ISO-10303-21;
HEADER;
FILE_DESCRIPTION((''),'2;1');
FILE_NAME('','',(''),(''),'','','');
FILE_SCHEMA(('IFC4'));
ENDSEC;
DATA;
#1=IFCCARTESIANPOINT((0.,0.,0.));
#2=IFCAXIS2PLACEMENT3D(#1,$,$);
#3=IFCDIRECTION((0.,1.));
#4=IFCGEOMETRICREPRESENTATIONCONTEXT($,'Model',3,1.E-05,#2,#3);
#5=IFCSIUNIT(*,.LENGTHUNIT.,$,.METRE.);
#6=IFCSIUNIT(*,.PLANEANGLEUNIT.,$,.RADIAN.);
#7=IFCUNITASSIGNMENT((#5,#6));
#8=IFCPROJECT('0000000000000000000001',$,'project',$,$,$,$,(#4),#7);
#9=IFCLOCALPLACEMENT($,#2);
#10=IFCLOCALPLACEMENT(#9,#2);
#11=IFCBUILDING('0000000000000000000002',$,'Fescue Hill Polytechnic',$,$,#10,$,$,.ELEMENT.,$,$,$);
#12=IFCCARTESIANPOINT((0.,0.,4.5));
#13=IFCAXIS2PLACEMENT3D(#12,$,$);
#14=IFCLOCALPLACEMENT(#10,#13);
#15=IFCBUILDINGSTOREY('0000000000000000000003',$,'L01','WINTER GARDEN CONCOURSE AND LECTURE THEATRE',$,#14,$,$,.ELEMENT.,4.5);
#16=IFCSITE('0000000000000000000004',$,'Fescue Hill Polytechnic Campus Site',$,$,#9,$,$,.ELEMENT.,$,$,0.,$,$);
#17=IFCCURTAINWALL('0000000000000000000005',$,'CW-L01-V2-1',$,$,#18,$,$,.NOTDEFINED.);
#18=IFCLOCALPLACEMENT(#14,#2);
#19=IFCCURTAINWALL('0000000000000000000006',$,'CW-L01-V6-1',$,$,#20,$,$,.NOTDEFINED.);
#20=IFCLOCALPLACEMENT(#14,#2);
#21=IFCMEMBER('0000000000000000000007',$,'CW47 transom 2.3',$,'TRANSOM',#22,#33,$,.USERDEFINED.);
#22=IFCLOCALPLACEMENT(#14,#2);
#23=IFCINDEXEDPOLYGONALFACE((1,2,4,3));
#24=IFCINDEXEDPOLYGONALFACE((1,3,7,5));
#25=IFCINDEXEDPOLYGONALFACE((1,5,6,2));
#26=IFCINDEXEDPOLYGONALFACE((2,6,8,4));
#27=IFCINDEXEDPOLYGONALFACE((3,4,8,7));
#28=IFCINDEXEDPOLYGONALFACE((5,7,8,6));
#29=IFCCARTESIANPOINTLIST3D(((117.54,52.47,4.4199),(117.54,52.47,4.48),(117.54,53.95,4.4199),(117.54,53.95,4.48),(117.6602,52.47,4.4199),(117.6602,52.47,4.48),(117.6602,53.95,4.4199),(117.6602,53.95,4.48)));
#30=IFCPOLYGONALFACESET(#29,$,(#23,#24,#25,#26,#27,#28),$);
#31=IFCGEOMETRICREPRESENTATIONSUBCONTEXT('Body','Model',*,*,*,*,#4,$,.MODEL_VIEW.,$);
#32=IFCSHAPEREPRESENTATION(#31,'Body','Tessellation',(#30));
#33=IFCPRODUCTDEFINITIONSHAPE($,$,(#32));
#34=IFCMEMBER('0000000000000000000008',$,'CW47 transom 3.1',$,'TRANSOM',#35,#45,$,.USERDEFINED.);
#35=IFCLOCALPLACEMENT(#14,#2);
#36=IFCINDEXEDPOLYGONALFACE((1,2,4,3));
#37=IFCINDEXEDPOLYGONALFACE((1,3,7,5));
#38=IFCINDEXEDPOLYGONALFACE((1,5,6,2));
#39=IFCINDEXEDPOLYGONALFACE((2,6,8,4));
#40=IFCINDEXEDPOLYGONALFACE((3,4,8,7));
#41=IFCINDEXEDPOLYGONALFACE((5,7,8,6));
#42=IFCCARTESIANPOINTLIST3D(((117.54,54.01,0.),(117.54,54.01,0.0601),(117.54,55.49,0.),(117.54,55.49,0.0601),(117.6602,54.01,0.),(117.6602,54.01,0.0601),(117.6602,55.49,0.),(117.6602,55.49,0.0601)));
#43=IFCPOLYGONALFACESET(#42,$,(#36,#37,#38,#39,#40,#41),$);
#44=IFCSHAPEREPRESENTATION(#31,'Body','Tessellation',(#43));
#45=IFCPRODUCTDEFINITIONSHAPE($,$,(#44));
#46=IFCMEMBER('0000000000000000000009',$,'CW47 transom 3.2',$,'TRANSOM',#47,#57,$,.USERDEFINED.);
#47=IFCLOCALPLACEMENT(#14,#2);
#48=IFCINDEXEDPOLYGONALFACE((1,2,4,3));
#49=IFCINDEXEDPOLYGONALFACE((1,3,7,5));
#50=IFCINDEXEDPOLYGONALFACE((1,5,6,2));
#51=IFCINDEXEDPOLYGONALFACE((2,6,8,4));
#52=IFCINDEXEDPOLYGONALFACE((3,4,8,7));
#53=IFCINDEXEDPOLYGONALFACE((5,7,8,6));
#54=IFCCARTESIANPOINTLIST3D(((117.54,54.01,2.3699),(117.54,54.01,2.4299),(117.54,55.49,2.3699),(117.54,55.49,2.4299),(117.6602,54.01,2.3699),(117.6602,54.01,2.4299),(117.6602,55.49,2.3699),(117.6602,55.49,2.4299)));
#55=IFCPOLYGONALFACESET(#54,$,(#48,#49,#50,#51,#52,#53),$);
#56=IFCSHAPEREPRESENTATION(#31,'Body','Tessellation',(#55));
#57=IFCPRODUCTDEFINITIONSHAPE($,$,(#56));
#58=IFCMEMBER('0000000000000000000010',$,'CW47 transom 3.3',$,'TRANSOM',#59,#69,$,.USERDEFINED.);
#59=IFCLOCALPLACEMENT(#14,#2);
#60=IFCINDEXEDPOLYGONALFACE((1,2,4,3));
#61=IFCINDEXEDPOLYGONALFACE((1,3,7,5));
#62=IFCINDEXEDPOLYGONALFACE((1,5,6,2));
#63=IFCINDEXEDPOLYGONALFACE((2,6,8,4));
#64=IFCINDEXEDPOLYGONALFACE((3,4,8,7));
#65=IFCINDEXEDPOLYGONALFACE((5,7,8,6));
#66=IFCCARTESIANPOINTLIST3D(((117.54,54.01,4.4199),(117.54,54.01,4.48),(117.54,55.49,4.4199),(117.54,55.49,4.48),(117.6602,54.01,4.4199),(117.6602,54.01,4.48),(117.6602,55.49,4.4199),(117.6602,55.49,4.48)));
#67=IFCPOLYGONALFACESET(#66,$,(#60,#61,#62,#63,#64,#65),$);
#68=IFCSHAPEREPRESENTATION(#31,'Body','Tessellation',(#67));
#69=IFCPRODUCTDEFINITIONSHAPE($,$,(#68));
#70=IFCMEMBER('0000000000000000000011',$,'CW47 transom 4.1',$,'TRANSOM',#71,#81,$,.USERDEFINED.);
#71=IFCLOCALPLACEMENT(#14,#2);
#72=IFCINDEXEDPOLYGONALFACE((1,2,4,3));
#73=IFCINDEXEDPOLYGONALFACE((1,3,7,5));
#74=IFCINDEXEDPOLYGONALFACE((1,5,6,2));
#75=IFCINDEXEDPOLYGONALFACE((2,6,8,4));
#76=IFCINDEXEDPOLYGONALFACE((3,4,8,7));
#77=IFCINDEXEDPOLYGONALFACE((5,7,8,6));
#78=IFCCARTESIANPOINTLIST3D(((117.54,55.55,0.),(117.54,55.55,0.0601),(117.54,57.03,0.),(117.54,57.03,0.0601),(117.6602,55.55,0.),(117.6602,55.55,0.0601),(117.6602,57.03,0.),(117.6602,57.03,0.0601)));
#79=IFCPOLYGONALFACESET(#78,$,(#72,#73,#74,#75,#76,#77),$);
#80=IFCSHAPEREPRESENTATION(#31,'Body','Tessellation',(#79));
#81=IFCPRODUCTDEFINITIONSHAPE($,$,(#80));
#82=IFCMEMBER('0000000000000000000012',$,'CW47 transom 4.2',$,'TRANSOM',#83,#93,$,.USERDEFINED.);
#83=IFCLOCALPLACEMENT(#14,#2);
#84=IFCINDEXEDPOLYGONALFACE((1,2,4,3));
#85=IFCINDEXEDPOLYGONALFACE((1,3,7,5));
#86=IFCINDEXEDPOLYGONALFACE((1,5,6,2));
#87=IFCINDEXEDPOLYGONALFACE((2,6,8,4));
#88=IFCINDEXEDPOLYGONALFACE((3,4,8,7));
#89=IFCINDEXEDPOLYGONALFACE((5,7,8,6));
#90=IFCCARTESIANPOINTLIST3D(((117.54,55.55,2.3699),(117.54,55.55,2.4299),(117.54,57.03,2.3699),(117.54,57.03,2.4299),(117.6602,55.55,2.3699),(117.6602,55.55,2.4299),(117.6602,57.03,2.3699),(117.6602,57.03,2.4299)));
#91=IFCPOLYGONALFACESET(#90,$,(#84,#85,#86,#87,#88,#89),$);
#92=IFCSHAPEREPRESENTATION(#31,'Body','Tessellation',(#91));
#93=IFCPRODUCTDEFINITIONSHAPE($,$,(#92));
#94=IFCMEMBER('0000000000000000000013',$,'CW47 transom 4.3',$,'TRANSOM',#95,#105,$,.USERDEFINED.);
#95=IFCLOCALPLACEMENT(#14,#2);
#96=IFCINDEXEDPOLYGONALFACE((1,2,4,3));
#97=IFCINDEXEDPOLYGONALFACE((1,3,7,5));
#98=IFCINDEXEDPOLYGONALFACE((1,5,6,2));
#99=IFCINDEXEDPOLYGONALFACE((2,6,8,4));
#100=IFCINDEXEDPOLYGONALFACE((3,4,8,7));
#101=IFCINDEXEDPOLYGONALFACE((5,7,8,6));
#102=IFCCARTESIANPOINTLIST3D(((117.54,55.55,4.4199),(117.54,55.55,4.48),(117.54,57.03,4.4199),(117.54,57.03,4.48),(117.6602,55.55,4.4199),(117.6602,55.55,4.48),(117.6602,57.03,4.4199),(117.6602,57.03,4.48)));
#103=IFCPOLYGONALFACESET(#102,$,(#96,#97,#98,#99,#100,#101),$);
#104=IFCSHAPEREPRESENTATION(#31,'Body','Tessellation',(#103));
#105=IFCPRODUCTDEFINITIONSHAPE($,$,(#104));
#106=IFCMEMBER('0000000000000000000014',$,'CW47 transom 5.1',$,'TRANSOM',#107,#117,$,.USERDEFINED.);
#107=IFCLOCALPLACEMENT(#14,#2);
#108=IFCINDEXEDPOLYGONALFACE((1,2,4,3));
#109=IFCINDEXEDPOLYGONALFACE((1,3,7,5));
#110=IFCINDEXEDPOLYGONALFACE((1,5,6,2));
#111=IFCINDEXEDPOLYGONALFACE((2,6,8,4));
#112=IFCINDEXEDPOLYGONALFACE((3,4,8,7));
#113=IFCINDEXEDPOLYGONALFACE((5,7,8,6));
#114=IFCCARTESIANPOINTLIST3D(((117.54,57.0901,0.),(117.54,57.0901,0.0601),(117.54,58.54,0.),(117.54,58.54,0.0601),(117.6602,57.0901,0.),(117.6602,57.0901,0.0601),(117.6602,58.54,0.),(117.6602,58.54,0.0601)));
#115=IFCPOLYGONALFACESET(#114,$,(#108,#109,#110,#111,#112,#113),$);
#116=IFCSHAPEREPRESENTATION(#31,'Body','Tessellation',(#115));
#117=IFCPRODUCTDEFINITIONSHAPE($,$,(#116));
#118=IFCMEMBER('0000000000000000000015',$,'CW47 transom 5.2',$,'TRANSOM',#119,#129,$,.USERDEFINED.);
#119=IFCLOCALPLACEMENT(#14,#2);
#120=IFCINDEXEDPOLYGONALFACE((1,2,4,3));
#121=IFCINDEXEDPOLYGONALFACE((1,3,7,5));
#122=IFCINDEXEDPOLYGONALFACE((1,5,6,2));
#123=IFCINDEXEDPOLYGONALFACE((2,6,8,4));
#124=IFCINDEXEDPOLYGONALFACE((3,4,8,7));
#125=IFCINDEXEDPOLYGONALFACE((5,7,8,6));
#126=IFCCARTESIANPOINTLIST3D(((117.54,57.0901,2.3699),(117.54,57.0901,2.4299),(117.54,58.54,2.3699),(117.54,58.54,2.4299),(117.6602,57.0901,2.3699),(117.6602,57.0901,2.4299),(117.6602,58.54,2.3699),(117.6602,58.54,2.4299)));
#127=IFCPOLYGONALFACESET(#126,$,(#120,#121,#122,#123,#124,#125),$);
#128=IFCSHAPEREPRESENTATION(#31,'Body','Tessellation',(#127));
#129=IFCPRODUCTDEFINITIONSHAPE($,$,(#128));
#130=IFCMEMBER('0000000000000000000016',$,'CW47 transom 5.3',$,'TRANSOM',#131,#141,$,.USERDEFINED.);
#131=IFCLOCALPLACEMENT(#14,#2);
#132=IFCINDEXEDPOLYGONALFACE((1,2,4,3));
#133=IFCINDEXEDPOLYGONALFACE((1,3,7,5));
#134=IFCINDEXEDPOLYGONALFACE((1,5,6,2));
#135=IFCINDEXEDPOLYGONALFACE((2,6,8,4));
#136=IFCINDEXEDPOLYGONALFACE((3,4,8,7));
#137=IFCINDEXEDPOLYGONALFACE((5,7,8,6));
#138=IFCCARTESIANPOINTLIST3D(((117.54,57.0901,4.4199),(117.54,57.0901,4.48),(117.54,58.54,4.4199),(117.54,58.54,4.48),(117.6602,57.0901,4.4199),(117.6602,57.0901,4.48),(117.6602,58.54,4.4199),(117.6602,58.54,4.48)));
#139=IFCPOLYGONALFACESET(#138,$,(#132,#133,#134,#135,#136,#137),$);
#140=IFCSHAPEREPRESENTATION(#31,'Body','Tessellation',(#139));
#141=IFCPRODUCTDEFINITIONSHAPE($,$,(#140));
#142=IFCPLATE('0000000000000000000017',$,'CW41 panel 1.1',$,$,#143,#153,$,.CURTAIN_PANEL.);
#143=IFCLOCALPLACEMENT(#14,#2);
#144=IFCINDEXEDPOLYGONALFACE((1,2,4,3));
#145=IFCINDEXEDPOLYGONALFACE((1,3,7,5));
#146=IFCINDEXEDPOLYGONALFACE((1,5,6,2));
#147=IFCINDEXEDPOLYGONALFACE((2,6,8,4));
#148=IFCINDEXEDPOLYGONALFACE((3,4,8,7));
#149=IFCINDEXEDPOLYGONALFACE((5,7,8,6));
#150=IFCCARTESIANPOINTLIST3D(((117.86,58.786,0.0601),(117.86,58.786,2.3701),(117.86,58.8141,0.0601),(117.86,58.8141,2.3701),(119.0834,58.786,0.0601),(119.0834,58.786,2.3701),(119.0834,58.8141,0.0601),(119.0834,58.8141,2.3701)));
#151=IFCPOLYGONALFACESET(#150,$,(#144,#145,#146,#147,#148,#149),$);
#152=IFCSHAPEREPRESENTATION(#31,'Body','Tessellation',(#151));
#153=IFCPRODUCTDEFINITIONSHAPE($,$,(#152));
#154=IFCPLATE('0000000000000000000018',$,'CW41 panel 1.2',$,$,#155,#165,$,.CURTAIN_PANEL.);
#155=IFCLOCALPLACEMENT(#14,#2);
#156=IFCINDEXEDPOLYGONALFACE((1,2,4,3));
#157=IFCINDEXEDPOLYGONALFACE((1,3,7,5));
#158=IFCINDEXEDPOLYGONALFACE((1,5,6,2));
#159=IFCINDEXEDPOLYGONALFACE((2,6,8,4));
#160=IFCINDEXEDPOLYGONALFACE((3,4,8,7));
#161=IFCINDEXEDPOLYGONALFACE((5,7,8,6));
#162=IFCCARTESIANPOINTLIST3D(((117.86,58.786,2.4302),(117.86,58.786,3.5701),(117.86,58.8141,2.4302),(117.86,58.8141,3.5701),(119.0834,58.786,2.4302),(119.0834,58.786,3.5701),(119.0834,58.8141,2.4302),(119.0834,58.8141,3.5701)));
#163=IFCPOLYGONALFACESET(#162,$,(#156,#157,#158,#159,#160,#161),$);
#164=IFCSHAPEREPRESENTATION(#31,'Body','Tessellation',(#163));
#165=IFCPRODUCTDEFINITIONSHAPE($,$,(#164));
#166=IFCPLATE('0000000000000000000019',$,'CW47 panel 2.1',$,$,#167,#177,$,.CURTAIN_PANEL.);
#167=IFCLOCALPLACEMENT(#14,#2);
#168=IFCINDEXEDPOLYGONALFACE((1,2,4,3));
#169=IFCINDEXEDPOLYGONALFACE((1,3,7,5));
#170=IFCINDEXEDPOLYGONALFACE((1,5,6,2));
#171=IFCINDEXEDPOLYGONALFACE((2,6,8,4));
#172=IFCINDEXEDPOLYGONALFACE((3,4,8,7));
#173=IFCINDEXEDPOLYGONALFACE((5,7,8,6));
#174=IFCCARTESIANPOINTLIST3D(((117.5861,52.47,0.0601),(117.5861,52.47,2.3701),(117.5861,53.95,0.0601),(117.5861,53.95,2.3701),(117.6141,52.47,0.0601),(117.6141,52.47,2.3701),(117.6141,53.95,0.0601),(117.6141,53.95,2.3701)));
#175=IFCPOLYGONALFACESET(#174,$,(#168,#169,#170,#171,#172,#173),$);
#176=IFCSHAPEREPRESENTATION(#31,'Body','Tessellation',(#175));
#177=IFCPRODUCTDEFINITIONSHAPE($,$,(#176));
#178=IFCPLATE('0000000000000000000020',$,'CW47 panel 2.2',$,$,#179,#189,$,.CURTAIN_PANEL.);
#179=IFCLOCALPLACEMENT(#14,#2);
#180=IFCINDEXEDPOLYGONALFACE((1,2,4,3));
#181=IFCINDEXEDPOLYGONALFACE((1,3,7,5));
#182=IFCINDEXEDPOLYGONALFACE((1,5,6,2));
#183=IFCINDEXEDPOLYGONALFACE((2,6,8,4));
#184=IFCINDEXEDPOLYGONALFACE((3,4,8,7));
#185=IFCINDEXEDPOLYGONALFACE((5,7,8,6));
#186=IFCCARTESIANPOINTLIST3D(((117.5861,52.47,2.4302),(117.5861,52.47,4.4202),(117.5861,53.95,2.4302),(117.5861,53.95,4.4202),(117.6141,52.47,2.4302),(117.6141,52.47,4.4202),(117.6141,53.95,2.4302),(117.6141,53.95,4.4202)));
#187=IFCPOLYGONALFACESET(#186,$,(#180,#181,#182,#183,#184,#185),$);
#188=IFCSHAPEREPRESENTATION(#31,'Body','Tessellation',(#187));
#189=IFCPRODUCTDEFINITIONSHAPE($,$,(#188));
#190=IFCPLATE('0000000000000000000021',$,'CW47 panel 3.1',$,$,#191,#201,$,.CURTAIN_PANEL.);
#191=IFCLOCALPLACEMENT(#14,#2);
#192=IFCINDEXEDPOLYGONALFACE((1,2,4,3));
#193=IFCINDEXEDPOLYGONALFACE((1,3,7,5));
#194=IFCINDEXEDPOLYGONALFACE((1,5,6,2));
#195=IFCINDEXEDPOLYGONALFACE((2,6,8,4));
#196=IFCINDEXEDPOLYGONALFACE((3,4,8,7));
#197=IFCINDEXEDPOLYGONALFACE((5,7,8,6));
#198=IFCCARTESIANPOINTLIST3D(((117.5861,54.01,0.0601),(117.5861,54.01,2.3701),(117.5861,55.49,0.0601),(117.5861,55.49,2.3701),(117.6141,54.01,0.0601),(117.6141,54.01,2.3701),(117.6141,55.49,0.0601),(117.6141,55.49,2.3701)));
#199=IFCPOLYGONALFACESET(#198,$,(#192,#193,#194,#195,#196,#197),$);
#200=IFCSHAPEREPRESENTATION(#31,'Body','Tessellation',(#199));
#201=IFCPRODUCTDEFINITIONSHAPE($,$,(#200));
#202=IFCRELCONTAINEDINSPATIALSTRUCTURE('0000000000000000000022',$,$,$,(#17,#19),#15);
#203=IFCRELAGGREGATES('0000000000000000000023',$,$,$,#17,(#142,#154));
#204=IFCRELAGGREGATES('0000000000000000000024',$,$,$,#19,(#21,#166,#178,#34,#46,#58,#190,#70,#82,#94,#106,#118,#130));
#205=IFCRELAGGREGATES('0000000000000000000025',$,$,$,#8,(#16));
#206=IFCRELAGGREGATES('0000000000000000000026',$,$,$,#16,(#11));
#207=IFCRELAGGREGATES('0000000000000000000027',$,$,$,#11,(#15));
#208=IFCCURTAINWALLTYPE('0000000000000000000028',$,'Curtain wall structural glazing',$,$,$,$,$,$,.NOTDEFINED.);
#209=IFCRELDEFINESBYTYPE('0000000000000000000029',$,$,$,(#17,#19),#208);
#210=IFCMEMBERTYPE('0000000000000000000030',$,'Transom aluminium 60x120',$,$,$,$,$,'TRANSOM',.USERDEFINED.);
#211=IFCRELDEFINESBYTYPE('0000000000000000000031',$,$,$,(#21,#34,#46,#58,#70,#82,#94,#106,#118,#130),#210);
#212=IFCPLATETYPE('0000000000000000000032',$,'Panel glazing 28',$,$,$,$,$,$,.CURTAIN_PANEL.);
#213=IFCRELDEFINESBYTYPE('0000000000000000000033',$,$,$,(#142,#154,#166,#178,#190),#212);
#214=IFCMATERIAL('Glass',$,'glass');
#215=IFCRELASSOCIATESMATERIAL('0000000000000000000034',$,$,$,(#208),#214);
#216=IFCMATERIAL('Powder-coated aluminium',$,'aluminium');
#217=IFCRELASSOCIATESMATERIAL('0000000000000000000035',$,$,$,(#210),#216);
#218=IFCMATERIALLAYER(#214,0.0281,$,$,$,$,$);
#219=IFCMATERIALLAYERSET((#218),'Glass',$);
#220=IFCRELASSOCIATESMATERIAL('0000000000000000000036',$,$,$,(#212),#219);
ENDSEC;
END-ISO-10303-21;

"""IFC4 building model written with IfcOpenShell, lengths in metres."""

from ifc_helpers import new_model, si_unit, direction, frame, origin, origin_2d, place, context, subcontext, project, spatial, rectangle, extrude, material, layer, layer_set, material_profile, profile_set, type_object, element, aggregate, save


model = new_model("IFC4")

# Units and contexts
model_context = context("Model", 3, precision=1e-05, world=origin(), true_north=direction((0.0, 1.0)))
body_context = subcontext(model_context, "Body", "Model", "MODEL_VIEW")
ifc_project = project(units=[si_unit("LENGTHUNIT", "METRE"), si_unit("PLANEANGLEUNIT", "RADIAN")], contexts=[model_context])

# Site, building, storey
site_placement = place(None, origin())
site = spatial("IfcSite", under=ifc_project, at=site_placement, Name="Fescue Hill Polytechnic Campus Site", CompositionType="ELEMENT", RefElevation=0.0)
building_placement = place(site_placement, origin())
building = spatial("IfcBuilding", under=site, at=building_placement, Name="Fescue Hill Polytechnic", CompositionType="ELEMENT")
storey_placement = place(building_placement, frame((0.0, 0.0, 4.5)))
storey = spatial("IfcBuildingStorey", under=building, at=storey_placement, Name="L01", Description="WINTER GARDEN CONCOURSE AND LECTURE THEATRE", CompositionType="ELEMENT", Elevation=4.5)

# Curtain walls
ifc_material_1 = material(Name="Glass", Category="glass")
curtain_wall_type = type_object("IfcCurtainWallType", Name="Curtain wall structural glazing", PredefinedType="NOTDEFINED", material=ifc_material_1)
curtain_wall_1_placement = place(storey_placement, origin())
curtain_wall_1 = element("IfcCurtainWall", 1, at=curtain_wall_1_placement, inside=storey, type_object=curtain_wall_type, Name="CW-L01-V2-1", PredefinedType="NOTDEFINED")
ifc_material_2 = material(Name="Powder-coated aluminium", Category="aluminium")
curtain_wall_2_placement = place(storey_placement, origin())
curtain_wall_2 = element("IfcCurtainWall", 2, at=curtain_wall_2_placement, inside=storey, type_object=curtain_wall_type, Name="CW-L01-V6-1", PredefinedType="NOTDEFINED")

# Members
ifc_material_profile_1 = material_profile(ifc_material_2, rectangle(XDim=0.1201, YDim=0.0601, at=origin_2d()), Name="Transom aluminium 60x120")
ifc_profile_set_1 = profile_set([ifc_material_profile_1], Name="Powder-coated aluminium")
member_type_1 = type_object("IfcMemberType", Name="Transom aluminium 60x120", ElementType="TRANSOM", PredefinedType="USERDEFINED", material=ifc_profile_set_1)
member_1_placement = place(storey_placement, frame((117.6001, 52.47, 4.45), z_axis=(0.0, 1.0, 0.0), x_axis=(-1.0, 0.0, 0.0)))
member_1 = element("IfcMember", 3, at=member_1_placement, type_object=member_type_1, Name="CW47 transom 2.3", ObjectType="TRANSOM", PredefinedType="USERDEFINED", context=body_context, shape_type="SweptSolid", body=[
    extrude(rectangle(XDim=0.1201, YDim=0.0601, at=origin_2d()), origin(), (0.0, 0.0, 1.0), 1.48),
])
member_2_placement = place(storey_placement, frame((117.6001, 54.01, 0.03), z_axis=(0.0, 1.0, 0.0), x_axis=(-1.0, 0.0, 0.0)))
member_2 = element("IfcMember", 4, at=member_2_placement, type_object=member_type_1, Name="CW47 transom 3.1", ObjectType="TRANSOM", PredefinedType="USERDEFINED", context=body_context, shape_type="SweptSolid", body=[
    extrude(rectangle(XDim=0.1201, YDim=0.0601, at=origin_2d()), origin(), (0.0, 0.0, 1.0), 1.48),
])
member_3_placement = place(storey_placement, frame((117.6001, 54.01, 2.3999), z_axis=(0.0, 1.0, 0.0), x_axis=(-1.0, 0.0, 0.0)))
member_3 = element("IfcMember", 5, at=member_3_placement, type_object=member_type_1, Name="CW47 transom 3.2", ObjectType="TRANSOM", PredefinedType="USERDEFINED", context=body_context, shape_type="SweptSolid", body=[
    extrude(rectangle(XDim=0.1201, YDim=0.0601, at=origin_2d()), origin(), (0.0, 0.0, 1.0), 1.48),
])
member_4_placement = place(storey_placement, frame((117.6001, 54.01, 4.45), z_axis=(0.0, 1.0, 0.0), x_axis=(-1.0, 0.0, 0.0)))
member_4 = element("IfcMember", 6, at=member_4_placement, type_object=member_type_1, Name="CW47 transom 3.3", ObjectType="TRANSOM", PredefinedType="USERDEFINED", context=body_context, shape_type="SweptSolid", body=[
    extrude(rectangle(XDim=0.1201, YDim=0.0601, at=origin_2d()), origin(), (0.0, 0.0, 1.0), 1.48),
])
member_5_placement = place(storey_placement, frame((117.6001, 55.55, 0.03), z_axis=(0.0, 1.0, 0.0), x_axis=(-1.0, 0.0, 0.0)))
member_5 = element("IfcMember", 7, at=member_5_placement, type_object=member_type_1, Name="CW47 transom 4.1", ObjectType="TRANSOM", PredefinedType="USERDEFINED", context=body_context, shape_type="SweptSolid", body=[
    extrude(rectangle(XDim=0.1201, YDim=0.0601, at=origin_2d()), origin(), (0.0, 0.0, 1.0), 1.48),
])
member_6_placement = place(storey_placement, frame((117.6001, 55.55, 2.3999), z_axis=(0.0, 1.0, 0.0), x_axis=(-1.0, 0.0, 0.0)))
member_6 = element("IfcMember", 8, at=member_6_placement, type_object=member_type_1, Name="CW47 transom 4.2", ObjectType="TRANSOM", PredefinedType="USERDEFINED", context=body_context, shape_type="SweptSolid", body=[
    extrude(rectangle(XDim=0.1201, YDim=0.0601, at=origin_2d()), origin(), (0.0, 0.0, 1.0), 1.48),
])
member_7_placement = place(storey_placement, frame((117.6001, 55.55, 4.45), z_axis=(0.0, 1.0, 0.0), x_axis=(-1.0, 0.0, 0.0)))
member_7 = element("IfcMember", 9, at=member_7_placement, type_object=member_type_1, Name="CW47 transom 4.3", ObjectType="TRANSOM", PredefinedType="USERDEFINED", context=body_context, shape_type="SweptSolid", body=[
    extrude(rectangle(XDim=0.1201, YDim=0.0601, at=origin_2d()), origin(), (0.0, 0.0, 1.0), 1.48),
])
member_8_placement = place(storey_placement, frame((117.6001, 57.0901, 0.03), z_axis=(0.0, 1.0, 0.0), x_axis=(-1.0, 0.0, 0.0)))
member_8 = element("IfcMember", 10, at=member_8_placement, type_object=member_type_1, Name="CW47 transom 5.1", ObjectType="TRANSOM", PredefinedType="USERDEFINED", context=body_context, shape_type="SweptSolid", body=[
    extrude(rectangle(XDim=0.1201, YDim=0.0601, at=origin_2d()), origin(), (0.0, 0.0, 1.0), 1.45),
])
member_9_placement = place(storey_placement, frame((117.6001, 57.0901, 2.3999), z_axis=(0.0, 1.0, 0.0), x_axis=(-1.0, 0.0, 0.0)))
member_9 = element("IfcMember", 11, at=member_9_placement, type_object=member_type_1, Name="CW47 transom 5.2", ObjectType="TRANSOM", PredefinedType="USERDEFINED", context=body_context, shape_type="SweptSolid", body=[
    extrude(rectangle(XDim=0.1201, YDim=0.0601, at=origin_2d()), origin(), (0.0, 0.0, 1.0), 1.45),
])
member_10_placement = place(storey_placement, frame((117.6001, 57.0901, 4.45), z_axis=(0.0, 1.0, 0.0), x_axis=(-1.0, 0.0, 0.0)))
member_10 = element("IfcMember", 12, at=member_10_placement, type_object=member_type_1, Name="CW47 transom 5.3", ObjectType="TRANSOM", PredefinedType="USERDEFINED", context=body_context, shape_type="SweptSolid", body=[
    extrude(rectangle(XDim=0.1201, YDim=0.0601, at=origin_2d()), origin(), (0.0, 0.0, 1.0), 1.45),
])

# Plates
ifc_layer = layer(ifc_material_1, 0.0281)
ifc_layer_set = layer_set([ifc_layer], Name="Glass")
plate_type = type_object("IfcPlateType", Name="Panel glazing 28", PredefinedType="CURTAIN_PANEL", material=ifc_layer_set)
plate_1_placement = place(storey_placement, frame((118.4717, 58.8, 0.0601), z_axis=(0.0, 0.0, 1.0), x_axis=(1.0, 0.0, 0.0)))
plate_1 = element("IfcPlate", 13, at=plate_1_placement, type_object=plate_type, Name="CW41 panel 1.1", PredefinedType="CURTAIN_PANEL", context=body_context, shape_type="SweptSolid", body=[
    extrude(rectangle(XDim=1.2234, YDim=0.0281, at=origin_2d()), origin(), (0.0, 0.0, 1.0), 2.3101),
])
plate_2_placement = place(storey_placement, frame((118.4717, 58.8, 2.4302), z_axis=(0.0, 0.0, 1.0), x_axis=(1.0, 0.0, 0.0)))
plate_2 = element("IfcPlate", 14, at=plate_2_placement, type_object=plate_type, Name="CW41 panel 1.2", PredefinedType="CURTAIN_PANEL", context=body_context, shape_type="SweptSolid", body=[
    extrude(rectangle(XDim=1.2234, YDim=0.0281, at=origin_2d()), origin(), (0.0, 0.0, 1.0), 1.1399),
])
aggregate(curtain_wall_1, [plate_1, plate_2])
plate_3_placement = place(storey_placement, frame((117.6001, 53.21, 0.0601), z_axis=(0.0, 0.0, 1.0), x_axis=(0.0, 1.0, 0.0)))
plate_3 = element("IfcPlate", 15, at=plate_3_placement, type_object=plate_type, Name="CW47 panel 2.1", PredefinedType="CURTAIN_PANEL", context=body_context, shape_type="SweptSolid", body=[
    extrude(rectangle(XDim=1.48, YDim=0.0281, at=origin_2d()), origin(), (0.0, 0.0, 1.0), 2.3101),
])
plate_4_placement = place(storey_placement, frame((117.6001, 53.21, 2.4302), z_axis=(0.0, 0.0, 1.0), x_axis=(0.0, 1.0, 0.0)))
plate_4 = element("IfcPlate", 16, at=plate_4_placement, type_object=plate_type, Name="CW47 panel 2.2", PredefinedType="CURTAIN_PANEL", context=body_context, shape_type="SweptSolid", body=[
    extrude(rectangle(XDim=1.48, YDim=0.0281, at=origin_2d()), origin(), (0.0, 0.0, 1.0), 1.99),
])
plate_5_placement = place(storey_placement, frame((117.6001, 54.75, 0.0601), z_axis=(0.0, 0.0, 1.0), x_axis=(0.0, 1.0, 0.0)))
plate_5 = element("IfcPlate", 17, at=plate_5_placement, type_object=plate_type, Name="CW47 panel 3.1", PredefinedType="CURTAIN_PANEL", context=body_context, shape_type="SweptSolid", body=[
    extrude(rectangle(XDim=1.48, YDim=0.0281, at=origin_2d()), origin(), (0.0, 0.0, 1.0), 2.3101),
])
aggregate(curtain_wall_2, [member_1, plate_3, plate_4, member_2, member_3, member_4, plate_5, member_5, member_6, member_7, member_8, member_9, member_10])

save(model, "model.ifc")
